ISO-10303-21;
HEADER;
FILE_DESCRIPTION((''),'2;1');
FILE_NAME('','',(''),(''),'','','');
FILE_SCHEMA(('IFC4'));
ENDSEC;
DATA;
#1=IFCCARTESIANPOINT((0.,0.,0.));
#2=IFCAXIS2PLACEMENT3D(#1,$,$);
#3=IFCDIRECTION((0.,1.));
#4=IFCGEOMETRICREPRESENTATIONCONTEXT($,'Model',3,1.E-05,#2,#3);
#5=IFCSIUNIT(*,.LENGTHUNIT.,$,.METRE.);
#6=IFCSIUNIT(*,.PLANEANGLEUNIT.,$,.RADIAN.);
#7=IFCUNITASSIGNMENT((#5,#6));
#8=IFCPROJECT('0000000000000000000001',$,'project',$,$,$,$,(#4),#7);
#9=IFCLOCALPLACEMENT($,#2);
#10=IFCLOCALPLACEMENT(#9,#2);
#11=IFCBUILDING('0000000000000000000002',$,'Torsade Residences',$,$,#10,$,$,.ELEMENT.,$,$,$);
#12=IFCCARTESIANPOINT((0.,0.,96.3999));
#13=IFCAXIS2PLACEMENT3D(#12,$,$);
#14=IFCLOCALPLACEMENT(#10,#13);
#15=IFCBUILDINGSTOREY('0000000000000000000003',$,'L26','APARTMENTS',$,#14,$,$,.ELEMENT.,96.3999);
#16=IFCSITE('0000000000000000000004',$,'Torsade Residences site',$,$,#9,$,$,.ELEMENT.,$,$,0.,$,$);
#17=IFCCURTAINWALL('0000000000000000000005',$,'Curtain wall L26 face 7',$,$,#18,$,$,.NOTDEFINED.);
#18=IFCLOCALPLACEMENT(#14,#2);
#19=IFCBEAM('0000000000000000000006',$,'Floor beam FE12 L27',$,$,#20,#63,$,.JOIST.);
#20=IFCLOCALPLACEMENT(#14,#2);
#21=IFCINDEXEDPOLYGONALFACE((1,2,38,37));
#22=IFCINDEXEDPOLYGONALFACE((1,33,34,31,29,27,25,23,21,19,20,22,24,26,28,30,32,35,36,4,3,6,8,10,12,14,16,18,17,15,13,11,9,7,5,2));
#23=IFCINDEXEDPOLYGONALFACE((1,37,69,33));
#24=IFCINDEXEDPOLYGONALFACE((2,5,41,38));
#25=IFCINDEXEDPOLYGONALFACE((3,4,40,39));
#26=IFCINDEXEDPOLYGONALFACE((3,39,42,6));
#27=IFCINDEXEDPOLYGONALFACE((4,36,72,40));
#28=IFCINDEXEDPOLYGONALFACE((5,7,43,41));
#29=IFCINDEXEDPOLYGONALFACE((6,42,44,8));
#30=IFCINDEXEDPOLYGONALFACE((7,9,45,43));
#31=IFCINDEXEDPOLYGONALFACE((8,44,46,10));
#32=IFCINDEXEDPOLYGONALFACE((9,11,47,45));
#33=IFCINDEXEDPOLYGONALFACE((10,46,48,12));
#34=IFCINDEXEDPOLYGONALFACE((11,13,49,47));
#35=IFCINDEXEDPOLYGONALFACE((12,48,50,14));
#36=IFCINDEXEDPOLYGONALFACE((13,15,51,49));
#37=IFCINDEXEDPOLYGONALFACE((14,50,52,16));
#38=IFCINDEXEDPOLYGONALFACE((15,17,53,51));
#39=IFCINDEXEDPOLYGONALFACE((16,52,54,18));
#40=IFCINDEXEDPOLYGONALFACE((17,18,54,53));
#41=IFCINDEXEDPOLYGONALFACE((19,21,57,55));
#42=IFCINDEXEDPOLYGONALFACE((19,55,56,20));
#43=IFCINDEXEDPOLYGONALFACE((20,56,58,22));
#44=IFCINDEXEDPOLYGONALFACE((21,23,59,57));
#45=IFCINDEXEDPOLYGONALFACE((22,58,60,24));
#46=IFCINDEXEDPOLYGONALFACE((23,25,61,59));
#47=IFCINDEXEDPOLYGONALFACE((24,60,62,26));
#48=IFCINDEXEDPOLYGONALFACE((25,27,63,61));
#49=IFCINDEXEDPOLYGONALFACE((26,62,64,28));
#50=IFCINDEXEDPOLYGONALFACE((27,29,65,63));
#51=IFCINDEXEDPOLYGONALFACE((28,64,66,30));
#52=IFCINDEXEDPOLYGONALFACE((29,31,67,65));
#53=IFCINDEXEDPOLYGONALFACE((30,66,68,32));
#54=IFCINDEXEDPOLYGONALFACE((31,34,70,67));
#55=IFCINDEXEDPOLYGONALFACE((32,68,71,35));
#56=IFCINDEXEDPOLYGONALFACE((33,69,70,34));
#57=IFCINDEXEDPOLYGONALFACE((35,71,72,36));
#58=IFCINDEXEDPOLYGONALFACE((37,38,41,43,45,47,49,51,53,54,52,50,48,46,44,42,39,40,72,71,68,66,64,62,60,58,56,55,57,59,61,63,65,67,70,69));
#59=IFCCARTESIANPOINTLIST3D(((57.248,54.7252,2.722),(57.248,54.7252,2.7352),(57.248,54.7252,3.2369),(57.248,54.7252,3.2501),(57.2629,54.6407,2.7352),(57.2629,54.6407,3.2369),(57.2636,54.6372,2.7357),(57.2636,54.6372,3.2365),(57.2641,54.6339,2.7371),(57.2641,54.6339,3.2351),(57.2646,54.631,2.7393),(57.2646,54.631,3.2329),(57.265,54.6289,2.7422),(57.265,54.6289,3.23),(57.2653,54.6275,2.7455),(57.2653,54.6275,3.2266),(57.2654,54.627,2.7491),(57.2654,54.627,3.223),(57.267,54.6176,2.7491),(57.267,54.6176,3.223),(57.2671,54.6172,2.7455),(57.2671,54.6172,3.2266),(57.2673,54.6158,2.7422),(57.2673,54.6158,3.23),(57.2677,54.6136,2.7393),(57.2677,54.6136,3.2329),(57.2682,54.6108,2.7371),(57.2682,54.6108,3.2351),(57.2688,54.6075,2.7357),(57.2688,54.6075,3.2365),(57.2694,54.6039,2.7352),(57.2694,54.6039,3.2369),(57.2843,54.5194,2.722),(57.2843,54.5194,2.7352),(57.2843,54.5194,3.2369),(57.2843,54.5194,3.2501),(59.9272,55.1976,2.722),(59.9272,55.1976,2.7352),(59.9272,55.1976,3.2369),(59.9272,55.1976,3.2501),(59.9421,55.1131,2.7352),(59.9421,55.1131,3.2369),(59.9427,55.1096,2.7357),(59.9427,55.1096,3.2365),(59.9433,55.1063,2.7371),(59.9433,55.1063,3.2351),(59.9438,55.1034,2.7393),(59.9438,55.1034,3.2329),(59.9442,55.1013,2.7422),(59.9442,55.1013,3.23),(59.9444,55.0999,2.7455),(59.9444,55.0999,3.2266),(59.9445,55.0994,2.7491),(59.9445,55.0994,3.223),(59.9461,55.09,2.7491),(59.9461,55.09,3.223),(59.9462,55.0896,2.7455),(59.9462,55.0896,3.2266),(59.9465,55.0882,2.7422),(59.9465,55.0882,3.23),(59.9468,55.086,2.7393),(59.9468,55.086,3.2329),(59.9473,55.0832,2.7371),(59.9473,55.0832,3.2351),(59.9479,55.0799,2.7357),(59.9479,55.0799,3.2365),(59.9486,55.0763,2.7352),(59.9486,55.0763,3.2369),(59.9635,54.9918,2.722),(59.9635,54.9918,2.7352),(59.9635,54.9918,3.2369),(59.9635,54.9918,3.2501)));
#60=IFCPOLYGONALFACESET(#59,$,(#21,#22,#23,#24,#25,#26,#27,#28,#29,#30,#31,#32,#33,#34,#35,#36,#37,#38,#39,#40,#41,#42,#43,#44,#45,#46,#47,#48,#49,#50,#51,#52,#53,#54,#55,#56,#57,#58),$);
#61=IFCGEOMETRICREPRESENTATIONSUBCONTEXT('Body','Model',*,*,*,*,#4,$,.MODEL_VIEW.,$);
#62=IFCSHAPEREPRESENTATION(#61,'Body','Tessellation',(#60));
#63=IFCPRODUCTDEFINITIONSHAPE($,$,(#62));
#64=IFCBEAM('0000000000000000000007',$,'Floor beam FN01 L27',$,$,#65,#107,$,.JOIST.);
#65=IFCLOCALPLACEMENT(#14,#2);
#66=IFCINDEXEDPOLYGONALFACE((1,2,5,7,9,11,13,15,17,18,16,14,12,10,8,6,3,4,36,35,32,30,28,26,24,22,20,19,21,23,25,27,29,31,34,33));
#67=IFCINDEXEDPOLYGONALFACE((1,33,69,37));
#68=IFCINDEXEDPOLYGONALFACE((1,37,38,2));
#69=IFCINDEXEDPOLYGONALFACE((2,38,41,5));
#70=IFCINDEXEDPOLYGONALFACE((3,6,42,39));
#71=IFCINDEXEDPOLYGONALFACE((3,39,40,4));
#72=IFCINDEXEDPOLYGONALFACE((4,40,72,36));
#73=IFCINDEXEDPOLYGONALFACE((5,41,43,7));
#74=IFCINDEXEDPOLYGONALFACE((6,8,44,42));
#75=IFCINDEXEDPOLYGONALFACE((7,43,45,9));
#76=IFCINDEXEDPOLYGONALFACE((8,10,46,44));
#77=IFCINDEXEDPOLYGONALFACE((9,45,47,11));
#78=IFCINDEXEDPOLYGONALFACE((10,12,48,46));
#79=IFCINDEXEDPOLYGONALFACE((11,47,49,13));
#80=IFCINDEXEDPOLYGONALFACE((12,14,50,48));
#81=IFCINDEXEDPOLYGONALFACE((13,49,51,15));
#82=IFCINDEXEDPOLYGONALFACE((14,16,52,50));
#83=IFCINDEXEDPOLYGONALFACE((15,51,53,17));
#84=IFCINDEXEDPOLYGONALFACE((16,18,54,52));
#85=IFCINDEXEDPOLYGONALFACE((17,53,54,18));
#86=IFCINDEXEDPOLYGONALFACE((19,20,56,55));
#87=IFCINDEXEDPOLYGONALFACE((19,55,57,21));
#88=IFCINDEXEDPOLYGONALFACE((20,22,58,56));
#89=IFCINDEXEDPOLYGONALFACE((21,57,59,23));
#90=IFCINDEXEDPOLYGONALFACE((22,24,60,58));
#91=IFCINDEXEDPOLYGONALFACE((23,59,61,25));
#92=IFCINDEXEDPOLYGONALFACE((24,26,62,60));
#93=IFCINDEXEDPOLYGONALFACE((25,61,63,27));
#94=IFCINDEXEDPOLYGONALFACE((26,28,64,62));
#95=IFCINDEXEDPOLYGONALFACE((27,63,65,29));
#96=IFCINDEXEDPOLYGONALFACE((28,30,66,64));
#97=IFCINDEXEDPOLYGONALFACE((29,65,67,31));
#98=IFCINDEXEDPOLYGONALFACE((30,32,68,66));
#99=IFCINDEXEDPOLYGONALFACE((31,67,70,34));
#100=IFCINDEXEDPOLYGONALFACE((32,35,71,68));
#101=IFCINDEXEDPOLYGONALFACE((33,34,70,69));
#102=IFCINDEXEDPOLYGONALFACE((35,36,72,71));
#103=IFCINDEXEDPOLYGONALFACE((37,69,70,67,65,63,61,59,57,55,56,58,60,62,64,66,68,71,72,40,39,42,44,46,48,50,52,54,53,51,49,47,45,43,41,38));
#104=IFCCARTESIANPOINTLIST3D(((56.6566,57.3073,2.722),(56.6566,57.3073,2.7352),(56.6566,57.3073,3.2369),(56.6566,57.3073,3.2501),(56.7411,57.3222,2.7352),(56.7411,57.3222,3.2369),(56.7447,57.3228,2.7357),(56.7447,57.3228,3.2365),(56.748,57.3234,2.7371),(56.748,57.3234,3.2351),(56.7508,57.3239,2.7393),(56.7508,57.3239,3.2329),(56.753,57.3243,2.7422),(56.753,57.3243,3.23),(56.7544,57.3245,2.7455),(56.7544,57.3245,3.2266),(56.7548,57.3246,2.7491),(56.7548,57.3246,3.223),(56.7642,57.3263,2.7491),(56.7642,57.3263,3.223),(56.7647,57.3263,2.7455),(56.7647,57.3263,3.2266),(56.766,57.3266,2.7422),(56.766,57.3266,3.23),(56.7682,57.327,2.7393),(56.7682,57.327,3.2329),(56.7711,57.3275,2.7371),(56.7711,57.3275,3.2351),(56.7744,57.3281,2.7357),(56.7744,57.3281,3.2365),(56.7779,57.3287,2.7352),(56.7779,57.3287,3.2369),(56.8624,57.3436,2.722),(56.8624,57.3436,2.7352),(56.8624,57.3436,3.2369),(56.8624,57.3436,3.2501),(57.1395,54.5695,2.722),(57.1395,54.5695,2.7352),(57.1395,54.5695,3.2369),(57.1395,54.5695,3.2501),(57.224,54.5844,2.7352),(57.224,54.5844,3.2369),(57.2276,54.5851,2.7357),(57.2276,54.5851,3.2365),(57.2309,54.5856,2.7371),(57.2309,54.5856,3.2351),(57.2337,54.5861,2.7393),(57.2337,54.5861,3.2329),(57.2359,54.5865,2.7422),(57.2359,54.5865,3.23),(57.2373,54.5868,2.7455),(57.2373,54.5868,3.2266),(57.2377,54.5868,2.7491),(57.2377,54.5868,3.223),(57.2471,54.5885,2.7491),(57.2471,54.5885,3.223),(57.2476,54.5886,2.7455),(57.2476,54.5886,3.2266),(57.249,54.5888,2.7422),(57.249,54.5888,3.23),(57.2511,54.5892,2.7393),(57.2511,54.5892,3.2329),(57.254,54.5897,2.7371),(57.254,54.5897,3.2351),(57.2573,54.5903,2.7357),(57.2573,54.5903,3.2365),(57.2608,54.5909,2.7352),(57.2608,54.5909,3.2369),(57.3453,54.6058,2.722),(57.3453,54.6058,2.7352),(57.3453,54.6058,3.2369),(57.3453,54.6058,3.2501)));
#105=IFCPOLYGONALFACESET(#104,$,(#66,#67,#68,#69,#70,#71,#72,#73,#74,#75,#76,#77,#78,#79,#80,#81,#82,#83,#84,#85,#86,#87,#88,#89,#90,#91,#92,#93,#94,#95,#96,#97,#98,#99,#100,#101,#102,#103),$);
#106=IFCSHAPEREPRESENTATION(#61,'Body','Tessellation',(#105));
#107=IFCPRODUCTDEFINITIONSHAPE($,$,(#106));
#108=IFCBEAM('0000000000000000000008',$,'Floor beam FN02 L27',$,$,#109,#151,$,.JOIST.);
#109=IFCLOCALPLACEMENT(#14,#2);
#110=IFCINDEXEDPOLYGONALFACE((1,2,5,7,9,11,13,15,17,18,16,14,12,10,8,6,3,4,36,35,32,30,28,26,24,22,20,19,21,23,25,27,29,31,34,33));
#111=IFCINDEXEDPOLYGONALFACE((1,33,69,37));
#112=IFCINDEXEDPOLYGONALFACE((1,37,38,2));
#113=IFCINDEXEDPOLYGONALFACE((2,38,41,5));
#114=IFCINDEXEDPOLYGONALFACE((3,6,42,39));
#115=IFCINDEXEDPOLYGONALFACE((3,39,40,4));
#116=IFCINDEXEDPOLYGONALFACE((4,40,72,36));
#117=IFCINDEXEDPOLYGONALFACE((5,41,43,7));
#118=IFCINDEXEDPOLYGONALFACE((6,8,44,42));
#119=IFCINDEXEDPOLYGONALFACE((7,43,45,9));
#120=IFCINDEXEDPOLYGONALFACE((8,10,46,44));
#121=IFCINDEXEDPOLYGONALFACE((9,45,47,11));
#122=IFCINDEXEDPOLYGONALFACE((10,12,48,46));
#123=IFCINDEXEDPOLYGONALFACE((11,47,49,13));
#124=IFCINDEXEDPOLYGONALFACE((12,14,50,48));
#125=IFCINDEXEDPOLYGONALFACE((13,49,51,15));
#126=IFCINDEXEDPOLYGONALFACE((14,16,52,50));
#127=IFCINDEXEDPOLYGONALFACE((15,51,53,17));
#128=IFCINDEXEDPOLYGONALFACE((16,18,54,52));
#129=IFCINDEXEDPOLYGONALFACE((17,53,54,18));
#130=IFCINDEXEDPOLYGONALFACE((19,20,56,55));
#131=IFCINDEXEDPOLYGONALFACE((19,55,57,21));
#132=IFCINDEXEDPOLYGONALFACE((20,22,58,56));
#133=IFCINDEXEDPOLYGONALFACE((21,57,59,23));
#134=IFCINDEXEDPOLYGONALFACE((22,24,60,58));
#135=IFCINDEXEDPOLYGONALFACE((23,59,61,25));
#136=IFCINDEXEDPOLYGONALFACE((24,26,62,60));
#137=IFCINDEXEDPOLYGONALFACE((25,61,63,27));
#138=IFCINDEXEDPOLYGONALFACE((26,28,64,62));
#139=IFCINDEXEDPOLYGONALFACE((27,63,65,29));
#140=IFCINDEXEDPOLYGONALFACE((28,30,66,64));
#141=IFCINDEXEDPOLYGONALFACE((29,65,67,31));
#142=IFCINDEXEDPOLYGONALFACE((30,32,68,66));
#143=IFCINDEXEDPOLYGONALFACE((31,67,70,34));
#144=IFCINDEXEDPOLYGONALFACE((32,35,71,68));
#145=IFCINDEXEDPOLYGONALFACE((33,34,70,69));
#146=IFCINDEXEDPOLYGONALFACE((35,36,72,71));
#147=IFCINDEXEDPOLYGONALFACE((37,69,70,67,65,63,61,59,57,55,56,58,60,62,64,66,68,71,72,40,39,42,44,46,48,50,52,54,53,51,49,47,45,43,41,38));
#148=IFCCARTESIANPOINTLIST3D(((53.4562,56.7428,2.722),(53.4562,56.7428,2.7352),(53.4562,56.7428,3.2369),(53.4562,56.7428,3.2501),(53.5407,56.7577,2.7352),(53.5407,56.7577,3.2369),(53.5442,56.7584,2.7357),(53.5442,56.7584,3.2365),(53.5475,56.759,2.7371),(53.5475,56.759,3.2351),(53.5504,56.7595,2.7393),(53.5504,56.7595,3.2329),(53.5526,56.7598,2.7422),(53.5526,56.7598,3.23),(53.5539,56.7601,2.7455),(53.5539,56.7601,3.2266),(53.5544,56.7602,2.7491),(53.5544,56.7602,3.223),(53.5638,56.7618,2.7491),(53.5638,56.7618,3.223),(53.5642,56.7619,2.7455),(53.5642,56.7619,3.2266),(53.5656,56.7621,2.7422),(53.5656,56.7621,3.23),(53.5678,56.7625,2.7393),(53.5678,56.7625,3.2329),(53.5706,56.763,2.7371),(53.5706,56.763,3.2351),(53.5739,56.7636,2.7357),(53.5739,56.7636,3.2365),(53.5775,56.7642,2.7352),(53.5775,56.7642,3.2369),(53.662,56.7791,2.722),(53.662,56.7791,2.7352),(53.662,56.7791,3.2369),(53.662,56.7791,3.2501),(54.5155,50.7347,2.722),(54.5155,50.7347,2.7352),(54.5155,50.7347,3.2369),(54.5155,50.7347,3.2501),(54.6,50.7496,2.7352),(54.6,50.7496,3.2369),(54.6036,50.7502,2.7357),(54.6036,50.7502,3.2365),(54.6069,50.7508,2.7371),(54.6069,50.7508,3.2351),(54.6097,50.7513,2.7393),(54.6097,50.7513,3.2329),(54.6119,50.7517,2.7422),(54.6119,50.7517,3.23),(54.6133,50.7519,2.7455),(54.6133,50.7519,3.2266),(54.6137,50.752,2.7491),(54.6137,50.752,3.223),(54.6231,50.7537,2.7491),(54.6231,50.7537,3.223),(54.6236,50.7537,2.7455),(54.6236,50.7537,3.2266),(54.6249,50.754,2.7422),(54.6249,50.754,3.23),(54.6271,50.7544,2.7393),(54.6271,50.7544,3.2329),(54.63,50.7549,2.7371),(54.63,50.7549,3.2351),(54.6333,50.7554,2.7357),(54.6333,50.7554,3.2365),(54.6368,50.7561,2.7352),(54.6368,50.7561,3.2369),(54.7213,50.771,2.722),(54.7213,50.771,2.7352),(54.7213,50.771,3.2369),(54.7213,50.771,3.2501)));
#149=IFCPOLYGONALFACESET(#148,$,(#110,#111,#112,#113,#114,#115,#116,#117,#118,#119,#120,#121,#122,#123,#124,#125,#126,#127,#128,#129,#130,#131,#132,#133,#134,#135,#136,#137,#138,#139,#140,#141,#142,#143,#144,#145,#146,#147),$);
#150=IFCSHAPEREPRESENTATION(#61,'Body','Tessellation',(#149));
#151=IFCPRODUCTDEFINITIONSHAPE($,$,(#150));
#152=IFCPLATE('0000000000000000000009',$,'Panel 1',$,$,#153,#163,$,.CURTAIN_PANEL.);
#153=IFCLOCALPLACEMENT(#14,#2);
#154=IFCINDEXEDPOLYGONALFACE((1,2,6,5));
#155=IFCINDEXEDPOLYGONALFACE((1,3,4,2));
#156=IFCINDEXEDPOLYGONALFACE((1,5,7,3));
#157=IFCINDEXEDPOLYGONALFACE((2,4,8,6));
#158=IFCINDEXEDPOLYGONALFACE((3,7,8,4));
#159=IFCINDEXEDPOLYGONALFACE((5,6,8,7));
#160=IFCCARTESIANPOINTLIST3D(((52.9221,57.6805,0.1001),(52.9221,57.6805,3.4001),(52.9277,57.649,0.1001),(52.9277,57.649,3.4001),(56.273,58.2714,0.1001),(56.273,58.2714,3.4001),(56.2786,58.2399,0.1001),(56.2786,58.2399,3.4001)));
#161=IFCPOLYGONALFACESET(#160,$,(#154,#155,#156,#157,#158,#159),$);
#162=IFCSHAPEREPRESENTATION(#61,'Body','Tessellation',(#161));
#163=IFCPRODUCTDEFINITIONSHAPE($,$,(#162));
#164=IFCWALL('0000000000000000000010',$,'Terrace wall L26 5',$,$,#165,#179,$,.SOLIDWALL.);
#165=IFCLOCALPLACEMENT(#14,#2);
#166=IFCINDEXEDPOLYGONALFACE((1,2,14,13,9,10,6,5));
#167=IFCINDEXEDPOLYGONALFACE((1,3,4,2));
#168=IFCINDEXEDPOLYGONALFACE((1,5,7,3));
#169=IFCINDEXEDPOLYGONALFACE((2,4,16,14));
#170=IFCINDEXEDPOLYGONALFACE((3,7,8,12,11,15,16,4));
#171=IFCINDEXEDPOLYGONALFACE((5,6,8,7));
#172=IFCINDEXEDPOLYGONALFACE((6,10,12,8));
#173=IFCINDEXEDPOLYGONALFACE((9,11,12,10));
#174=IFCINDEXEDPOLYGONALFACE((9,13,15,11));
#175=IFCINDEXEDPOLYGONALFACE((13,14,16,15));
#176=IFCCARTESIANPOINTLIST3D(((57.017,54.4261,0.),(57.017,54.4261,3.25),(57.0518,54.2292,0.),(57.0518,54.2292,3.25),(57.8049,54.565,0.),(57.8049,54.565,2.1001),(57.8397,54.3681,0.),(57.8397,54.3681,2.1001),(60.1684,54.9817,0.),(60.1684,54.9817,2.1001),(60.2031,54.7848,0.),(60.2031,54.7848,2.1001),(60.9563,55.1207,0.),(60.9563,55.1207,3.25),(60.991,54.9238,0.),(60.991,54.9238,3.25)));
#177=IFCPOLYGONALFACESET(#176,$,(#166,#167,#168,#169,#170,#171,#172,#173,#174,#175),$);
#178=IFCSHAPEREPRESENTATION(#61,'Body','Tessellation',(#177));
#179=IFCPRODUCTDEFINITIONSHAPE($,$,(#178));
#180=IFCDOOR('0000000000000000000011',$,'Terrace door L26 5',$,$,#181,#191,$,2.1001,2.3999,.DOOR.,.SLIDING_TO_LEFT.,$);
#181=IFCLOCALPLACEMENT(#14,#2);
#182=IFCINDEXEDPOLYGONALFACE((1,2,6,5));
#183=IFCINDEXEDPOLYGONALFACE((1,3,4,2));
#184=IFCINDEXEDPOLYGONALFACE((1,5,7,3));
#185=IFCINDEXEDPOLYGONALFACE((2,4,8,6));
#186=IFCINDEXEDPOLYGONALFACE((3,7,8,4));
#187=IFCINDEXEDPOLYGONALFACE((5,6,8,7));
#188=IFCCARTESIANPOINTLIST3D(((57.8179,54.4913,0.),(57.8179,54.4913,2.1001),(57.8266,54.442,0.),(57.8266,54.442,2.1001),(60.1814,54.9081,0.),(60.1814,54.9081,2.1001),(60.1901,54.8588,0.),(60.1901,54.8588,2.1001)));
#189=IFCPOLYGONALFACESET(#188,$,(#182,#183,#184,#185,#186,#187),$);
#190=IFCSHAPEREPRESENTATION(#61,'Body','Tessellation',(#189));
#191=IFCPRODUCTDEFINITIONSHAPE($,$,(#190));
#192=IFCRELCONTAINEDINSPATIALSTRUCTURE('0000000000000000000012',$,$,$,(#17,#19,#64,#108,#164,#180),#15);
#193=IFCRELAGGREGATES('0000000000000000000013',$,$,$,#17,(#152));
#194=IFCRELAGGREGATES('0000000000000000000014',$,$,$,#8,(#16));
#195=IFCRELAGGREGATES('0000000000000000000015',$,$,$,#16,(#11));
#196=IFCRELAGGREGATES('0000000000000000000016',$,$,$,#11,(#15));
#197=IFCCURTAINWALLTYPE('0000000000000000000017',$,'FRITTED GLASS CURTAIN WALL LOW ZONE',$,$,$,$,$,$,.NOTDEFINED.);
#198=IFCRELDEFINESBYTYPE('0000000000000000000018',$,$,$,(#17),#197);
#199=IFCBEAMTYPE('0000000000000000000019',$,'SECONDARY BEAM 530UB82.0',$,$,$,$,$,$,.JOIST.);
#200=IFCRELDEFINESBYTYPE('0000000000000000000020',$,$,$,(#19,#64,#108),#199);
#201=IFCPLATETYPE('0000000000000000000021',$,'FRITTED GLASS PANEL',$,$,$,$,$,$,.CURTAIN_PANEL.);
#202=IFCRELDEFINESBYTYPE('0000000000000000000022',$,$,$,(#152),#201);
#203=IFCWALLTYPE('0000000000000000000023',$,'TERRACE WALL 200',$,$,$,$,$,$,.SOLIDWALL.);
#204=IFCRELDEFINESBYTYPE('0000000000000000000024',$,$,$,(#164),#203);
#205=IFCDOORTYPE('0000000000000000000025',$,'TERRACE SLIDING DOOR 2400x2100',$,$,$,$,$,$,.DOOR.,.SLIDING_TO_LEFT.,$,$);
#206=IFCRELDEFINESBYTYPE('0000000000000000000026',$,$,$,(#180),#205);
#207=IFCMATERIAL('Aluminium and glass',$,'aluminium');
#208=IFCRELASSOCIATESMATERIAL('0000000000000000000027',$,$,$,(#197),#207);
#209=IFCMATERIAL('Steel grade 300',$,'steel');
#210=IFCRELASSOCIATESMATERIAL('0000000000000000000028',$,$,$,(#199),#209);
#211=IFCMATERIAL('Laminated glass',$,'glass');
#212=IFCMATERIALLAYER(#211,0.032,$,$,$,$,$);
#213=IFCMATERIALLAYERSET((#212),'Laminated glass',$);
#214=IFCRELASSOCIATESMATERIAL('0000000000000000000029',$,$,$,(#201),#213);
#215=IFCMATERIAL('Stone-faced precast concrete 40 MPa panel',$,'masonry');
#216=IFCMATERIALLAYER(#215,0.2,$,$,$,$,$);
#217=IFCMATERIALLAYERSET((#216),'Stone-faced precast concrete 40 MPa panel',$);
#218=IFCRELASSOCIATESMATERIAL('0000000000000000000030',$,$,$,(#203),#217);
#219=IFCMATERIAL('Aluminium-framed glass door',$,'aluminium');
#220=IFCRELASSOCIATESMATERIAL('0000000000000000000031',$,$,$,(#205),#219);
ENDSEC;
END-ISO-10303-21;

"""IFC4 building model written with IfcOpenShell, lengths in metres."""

from ifc_helpers import new_model, si_unit, direction, frame, frame_2d, origin, origin_2d, place, context, subcontext, project, spatial, rectangle, i_section, extrude, material, layer, layer_set, material_profile, profile_set, type_object, element, fill, aggregate, save


model = new_model("IFC4")

# Units and contexts
model_context = context("Model", 3, precision=1e-05, world=origin(), true_north=direction((0.0, 1.0)))
body_context = subcontext(model_context, "Body", "Model", "MODEL_VIEW")
ifc_project = project(units=[si_unit("LENGTHUNIT", "METRE"), si_unit("PLANEANGLEUNIT", "RADIAN")], contexts=[model_context])

# Site, building, storey
site_placement = place(None, origin())
site = spatial("IfcSite", under=ifc_project, at=site_placement, Name="Torsade Residences site", CompositionType="ELEMENT", RefElevation=0.0)
building_placement = place(site_placement, origin())
building = spatial("IfcBuilding", under=site, at=building_placement, Name="Torsade Residences", CompositionType="ELEMENT")
storey_placement = place(building_placement, frame((0.0, 0.0, 96.3999)))
storey = spatial("IfcBuildingStorey", under=building, at=storey_placement, Name="L26", Description="APARTMENTS", CompositionType="ELEMENT", Elevation=96.3999)

# Shared definitions
ifc_material_1 = material(Name="Aluminium and glass", Category="aluminium")
curtain_wall_type = type_object("IfcCurtainWallType", Name="FRITTED GLASS CURTAIN WALL LOW ZONE", PredefinedType="NOTDEFINED", material=ifc_material_1)

# Curtain wall
curtain_wall_1_placement = place(storey_placement, origin())
curtain_wall_1 = element("IfcCurtainWall", 1, at=curtain_wall_1_placement, inside=storey, type_object=curtain_wall_type, Name="Curtain wall L26 face 7", PredefinedType="NOTDEFINED")

# Beams
ifc_material_2 = material(Name="Steel grade 300", Category="steel")
ifc_material_profile_1 = material_profile(ifc_material_2, i_section(OverallWidth=0.209, OverallDepth=0.5281, WebThickness=0.0095, FlangeThickness=0.0132, FilletRadius=0.0139, at=origin_2d()), Name="530UB82.0")
ifc_profile_set_1 = profile_set([ifc_material_profile_1], Name="Steel grade 300")
beam_type_1 = type_object("IfcBeamType", Name="SECONDARY BEAM 530UB82.0", PredefinedType="JOIST", material=ifc_profile_set_1)
beam_1_placement = place(storey_placement, frame((59.9453, 55.0947, 2.9861), z_axis=(-0.984808, -0.173647, 0.0), x_axis=(0.173647, -0.984808, 0.0)))
element("IfcBeam", 2, at=beam_1_placement, inside=storey, type_object=beam_type_1, Name="Floor beam FE12 L27", PredefinedType="JOIST", context=body_context, shape_type="SweptSolid", body=[
    extrude(i_section(OverallWidth=0.209, OverallDepth=0.5281, WebThickness=0.0095, FlangeThickness=0.0132, FilletRadius=0.0139, at=origin_2d()), origin(), (0.0, 0.0, 1.0), 2.7205),
])
beam_2_placement = place(storey_placement, frame((56.7595, 57.3254, 2.9861), z_axis=(0.173705, -0.984798, 0.0), x_axis=(0.984798, 0.173705, 0.0)))
element("IfcBeam", 3, at=beam_2_placement, inside=storey, type_object=beam_type_1, Name="Floor beam FN01 L27", PredefinedType="JOIST", context=body_context, shape_type="SweptSolid", body=[
    extrude(i_section(OverallWidth=0.209, OverallDepth=0.5281, WebThickness=0.0095, FlangeThickness=0.0132, FilletRadius=0.0139, at=origin_2d()), origin(), (0.0, 0.0, 1.0), 2.78),
])
beam_3_placement = place(storey_placement, frame((53.5591, 56.761, 2.9861), z_axis=(0.173639, -0.984809, 0.0), x_axis=(0.984809, 0.173639, 0.0)))
element("IfcBeam", 4, at=beam_3_placement, inside=storey, type_object=beam_type_1, Name="Floor beam FN02 L27", PredefinedType="JOIST", context=body_context, shape_type="SweptSolid", body=[
    extrude(i_section(OverallWidth=0.209, OverallDepth=0.5281, WebThickness=0.0095, FlangeThickness=0.0132, FilletRadius=0.0139, at=origin_2d()), origin(), (0.0, 0.0, 1.0), 6.1008),
])

# Plate
ifc_material_3 = material(Name="Laminated glass", Category="glass")
ifc_layer_1 = layer(ifc_material_3, 0.032)
ifc_layer_set_1 = layer_set([ifc_layer_1], Name="Laminated glass")
plate_type = type_object("IfcPlateType", Name="FRITTED GLASS PANEL", PredefinedType="CURTAIN_PANEL", material=ifc_layer_set_1)
plate_placement = place(storey_placement, frame((54.6003, 57.9602, 0.1001), z_axis=(0.0, 0.0, 1.0), x_axis=(-0.984808, -0.173648, 0.0)))
plate = element("IfcPlate", 5, at=plate_placement, type_object=plate_type, Name="Panel 1", PredefinedType="CURTAIN_PANEL", context=body_context, shape_type="SweptSolid", body=[
    extrude(rectangle(XDim=3.4026, YDim=0.032, at=origin_2d()), origin(), (0.0, 0.0, 1.0), 3.3),
])
aggregate(curtain_wall_1, [plate])

# Wall, opening, door
ifc_material_4 = material(Name="Stone-faced precast concrete 40 MPa panel", Category="masonry")
ifc_layer_2 = layer(ifc_material_4, 0.2)
ifc_layer_set_2 = layer_set([ifc_layer_2], Name="Stone-faced precast concrete 40 MPa panel")
wall_type = type_object("IfcWallType", Name="TERRACE WALL 200", PredefinedType="SOLIDWALL", material=ifc_layer_set_2)
wall_1_placement = place(storey_placement, frame((60.9736, 55.0222, 0.0), z_axis=(0.0, 0.0, 1.0), x_axis=(-0.984808, -0.173646, 0.0)))
wall_1 = element("IfcWall", 6, at=wall_1_placement, inside=storey, type_object=wall_type, Name="Terrace wall L26 5", PredefinedType="SOLIDWALL", context=body_context, shape_type="SweptSolid", body=[
    extrude(rectangle(XDim=4.0, YDim=0.2, at=frame_2d((2.0, 0.0))), origin(), (0.0, 0.0, 1.0), 3.25),
])
opening_1_placement = place(wall_1_placement, frame((0.8, 0.0, 0.0)))
opening_1 = element("IfcOpeningElement", 7, at=opening_1_placement, cuts=wall_1, PredefinedType="OPENING", context=body_context, shape_type="SweptSolid", body=[
    extrude(rectangle(XDim=2.3999, YDim=2.1001, at=frame_2d((1.2, 1.05))), frame((0.0, 0.1099, 0.0), z_axis=(0.0, -1.0, 0.0), x_axis=(1.0, 0.0, 0.0)), (0.0, 0.0, 1.0), 0.22),
])
ifc_material_5 = material(Name="Aluminium-framed glass door", Category="aluminium")
door_type = type_object("IfcDoorType", Name="TERRACE SLIDING DOOR 2400x2100", OperationType="SLIDING_TO_LEFT", PredefinedType="DOOR", material=ifc_material_5)
door_placement = place(opening_1_placement, origin())
door = element("IfcDoor", 8, at=door_placement, inside=storey, type_object=door_type, Name="Terrace door L26 5", OperationType="SLIDING_TO_LEFT", OverallHeight=2.1001, OverallWidth=2.3999, PredefinedType="DOOR", context=body_context, shape_type="SweptSolid", body=[
    extrude(rectangle(XDim=2.3999, YDim=2.1001, at=frame_2d((1.2, 1.05))), frame((0.0, 0.0249, 0.0), z_axis=(0.0, -1.0, 0.0), x_axis=(1.0, 0.0, 0.0)), (0.0, 0.0, 1.0), 0.05),
])
fill(opening_1, door)

save(model, "model.ifc")
